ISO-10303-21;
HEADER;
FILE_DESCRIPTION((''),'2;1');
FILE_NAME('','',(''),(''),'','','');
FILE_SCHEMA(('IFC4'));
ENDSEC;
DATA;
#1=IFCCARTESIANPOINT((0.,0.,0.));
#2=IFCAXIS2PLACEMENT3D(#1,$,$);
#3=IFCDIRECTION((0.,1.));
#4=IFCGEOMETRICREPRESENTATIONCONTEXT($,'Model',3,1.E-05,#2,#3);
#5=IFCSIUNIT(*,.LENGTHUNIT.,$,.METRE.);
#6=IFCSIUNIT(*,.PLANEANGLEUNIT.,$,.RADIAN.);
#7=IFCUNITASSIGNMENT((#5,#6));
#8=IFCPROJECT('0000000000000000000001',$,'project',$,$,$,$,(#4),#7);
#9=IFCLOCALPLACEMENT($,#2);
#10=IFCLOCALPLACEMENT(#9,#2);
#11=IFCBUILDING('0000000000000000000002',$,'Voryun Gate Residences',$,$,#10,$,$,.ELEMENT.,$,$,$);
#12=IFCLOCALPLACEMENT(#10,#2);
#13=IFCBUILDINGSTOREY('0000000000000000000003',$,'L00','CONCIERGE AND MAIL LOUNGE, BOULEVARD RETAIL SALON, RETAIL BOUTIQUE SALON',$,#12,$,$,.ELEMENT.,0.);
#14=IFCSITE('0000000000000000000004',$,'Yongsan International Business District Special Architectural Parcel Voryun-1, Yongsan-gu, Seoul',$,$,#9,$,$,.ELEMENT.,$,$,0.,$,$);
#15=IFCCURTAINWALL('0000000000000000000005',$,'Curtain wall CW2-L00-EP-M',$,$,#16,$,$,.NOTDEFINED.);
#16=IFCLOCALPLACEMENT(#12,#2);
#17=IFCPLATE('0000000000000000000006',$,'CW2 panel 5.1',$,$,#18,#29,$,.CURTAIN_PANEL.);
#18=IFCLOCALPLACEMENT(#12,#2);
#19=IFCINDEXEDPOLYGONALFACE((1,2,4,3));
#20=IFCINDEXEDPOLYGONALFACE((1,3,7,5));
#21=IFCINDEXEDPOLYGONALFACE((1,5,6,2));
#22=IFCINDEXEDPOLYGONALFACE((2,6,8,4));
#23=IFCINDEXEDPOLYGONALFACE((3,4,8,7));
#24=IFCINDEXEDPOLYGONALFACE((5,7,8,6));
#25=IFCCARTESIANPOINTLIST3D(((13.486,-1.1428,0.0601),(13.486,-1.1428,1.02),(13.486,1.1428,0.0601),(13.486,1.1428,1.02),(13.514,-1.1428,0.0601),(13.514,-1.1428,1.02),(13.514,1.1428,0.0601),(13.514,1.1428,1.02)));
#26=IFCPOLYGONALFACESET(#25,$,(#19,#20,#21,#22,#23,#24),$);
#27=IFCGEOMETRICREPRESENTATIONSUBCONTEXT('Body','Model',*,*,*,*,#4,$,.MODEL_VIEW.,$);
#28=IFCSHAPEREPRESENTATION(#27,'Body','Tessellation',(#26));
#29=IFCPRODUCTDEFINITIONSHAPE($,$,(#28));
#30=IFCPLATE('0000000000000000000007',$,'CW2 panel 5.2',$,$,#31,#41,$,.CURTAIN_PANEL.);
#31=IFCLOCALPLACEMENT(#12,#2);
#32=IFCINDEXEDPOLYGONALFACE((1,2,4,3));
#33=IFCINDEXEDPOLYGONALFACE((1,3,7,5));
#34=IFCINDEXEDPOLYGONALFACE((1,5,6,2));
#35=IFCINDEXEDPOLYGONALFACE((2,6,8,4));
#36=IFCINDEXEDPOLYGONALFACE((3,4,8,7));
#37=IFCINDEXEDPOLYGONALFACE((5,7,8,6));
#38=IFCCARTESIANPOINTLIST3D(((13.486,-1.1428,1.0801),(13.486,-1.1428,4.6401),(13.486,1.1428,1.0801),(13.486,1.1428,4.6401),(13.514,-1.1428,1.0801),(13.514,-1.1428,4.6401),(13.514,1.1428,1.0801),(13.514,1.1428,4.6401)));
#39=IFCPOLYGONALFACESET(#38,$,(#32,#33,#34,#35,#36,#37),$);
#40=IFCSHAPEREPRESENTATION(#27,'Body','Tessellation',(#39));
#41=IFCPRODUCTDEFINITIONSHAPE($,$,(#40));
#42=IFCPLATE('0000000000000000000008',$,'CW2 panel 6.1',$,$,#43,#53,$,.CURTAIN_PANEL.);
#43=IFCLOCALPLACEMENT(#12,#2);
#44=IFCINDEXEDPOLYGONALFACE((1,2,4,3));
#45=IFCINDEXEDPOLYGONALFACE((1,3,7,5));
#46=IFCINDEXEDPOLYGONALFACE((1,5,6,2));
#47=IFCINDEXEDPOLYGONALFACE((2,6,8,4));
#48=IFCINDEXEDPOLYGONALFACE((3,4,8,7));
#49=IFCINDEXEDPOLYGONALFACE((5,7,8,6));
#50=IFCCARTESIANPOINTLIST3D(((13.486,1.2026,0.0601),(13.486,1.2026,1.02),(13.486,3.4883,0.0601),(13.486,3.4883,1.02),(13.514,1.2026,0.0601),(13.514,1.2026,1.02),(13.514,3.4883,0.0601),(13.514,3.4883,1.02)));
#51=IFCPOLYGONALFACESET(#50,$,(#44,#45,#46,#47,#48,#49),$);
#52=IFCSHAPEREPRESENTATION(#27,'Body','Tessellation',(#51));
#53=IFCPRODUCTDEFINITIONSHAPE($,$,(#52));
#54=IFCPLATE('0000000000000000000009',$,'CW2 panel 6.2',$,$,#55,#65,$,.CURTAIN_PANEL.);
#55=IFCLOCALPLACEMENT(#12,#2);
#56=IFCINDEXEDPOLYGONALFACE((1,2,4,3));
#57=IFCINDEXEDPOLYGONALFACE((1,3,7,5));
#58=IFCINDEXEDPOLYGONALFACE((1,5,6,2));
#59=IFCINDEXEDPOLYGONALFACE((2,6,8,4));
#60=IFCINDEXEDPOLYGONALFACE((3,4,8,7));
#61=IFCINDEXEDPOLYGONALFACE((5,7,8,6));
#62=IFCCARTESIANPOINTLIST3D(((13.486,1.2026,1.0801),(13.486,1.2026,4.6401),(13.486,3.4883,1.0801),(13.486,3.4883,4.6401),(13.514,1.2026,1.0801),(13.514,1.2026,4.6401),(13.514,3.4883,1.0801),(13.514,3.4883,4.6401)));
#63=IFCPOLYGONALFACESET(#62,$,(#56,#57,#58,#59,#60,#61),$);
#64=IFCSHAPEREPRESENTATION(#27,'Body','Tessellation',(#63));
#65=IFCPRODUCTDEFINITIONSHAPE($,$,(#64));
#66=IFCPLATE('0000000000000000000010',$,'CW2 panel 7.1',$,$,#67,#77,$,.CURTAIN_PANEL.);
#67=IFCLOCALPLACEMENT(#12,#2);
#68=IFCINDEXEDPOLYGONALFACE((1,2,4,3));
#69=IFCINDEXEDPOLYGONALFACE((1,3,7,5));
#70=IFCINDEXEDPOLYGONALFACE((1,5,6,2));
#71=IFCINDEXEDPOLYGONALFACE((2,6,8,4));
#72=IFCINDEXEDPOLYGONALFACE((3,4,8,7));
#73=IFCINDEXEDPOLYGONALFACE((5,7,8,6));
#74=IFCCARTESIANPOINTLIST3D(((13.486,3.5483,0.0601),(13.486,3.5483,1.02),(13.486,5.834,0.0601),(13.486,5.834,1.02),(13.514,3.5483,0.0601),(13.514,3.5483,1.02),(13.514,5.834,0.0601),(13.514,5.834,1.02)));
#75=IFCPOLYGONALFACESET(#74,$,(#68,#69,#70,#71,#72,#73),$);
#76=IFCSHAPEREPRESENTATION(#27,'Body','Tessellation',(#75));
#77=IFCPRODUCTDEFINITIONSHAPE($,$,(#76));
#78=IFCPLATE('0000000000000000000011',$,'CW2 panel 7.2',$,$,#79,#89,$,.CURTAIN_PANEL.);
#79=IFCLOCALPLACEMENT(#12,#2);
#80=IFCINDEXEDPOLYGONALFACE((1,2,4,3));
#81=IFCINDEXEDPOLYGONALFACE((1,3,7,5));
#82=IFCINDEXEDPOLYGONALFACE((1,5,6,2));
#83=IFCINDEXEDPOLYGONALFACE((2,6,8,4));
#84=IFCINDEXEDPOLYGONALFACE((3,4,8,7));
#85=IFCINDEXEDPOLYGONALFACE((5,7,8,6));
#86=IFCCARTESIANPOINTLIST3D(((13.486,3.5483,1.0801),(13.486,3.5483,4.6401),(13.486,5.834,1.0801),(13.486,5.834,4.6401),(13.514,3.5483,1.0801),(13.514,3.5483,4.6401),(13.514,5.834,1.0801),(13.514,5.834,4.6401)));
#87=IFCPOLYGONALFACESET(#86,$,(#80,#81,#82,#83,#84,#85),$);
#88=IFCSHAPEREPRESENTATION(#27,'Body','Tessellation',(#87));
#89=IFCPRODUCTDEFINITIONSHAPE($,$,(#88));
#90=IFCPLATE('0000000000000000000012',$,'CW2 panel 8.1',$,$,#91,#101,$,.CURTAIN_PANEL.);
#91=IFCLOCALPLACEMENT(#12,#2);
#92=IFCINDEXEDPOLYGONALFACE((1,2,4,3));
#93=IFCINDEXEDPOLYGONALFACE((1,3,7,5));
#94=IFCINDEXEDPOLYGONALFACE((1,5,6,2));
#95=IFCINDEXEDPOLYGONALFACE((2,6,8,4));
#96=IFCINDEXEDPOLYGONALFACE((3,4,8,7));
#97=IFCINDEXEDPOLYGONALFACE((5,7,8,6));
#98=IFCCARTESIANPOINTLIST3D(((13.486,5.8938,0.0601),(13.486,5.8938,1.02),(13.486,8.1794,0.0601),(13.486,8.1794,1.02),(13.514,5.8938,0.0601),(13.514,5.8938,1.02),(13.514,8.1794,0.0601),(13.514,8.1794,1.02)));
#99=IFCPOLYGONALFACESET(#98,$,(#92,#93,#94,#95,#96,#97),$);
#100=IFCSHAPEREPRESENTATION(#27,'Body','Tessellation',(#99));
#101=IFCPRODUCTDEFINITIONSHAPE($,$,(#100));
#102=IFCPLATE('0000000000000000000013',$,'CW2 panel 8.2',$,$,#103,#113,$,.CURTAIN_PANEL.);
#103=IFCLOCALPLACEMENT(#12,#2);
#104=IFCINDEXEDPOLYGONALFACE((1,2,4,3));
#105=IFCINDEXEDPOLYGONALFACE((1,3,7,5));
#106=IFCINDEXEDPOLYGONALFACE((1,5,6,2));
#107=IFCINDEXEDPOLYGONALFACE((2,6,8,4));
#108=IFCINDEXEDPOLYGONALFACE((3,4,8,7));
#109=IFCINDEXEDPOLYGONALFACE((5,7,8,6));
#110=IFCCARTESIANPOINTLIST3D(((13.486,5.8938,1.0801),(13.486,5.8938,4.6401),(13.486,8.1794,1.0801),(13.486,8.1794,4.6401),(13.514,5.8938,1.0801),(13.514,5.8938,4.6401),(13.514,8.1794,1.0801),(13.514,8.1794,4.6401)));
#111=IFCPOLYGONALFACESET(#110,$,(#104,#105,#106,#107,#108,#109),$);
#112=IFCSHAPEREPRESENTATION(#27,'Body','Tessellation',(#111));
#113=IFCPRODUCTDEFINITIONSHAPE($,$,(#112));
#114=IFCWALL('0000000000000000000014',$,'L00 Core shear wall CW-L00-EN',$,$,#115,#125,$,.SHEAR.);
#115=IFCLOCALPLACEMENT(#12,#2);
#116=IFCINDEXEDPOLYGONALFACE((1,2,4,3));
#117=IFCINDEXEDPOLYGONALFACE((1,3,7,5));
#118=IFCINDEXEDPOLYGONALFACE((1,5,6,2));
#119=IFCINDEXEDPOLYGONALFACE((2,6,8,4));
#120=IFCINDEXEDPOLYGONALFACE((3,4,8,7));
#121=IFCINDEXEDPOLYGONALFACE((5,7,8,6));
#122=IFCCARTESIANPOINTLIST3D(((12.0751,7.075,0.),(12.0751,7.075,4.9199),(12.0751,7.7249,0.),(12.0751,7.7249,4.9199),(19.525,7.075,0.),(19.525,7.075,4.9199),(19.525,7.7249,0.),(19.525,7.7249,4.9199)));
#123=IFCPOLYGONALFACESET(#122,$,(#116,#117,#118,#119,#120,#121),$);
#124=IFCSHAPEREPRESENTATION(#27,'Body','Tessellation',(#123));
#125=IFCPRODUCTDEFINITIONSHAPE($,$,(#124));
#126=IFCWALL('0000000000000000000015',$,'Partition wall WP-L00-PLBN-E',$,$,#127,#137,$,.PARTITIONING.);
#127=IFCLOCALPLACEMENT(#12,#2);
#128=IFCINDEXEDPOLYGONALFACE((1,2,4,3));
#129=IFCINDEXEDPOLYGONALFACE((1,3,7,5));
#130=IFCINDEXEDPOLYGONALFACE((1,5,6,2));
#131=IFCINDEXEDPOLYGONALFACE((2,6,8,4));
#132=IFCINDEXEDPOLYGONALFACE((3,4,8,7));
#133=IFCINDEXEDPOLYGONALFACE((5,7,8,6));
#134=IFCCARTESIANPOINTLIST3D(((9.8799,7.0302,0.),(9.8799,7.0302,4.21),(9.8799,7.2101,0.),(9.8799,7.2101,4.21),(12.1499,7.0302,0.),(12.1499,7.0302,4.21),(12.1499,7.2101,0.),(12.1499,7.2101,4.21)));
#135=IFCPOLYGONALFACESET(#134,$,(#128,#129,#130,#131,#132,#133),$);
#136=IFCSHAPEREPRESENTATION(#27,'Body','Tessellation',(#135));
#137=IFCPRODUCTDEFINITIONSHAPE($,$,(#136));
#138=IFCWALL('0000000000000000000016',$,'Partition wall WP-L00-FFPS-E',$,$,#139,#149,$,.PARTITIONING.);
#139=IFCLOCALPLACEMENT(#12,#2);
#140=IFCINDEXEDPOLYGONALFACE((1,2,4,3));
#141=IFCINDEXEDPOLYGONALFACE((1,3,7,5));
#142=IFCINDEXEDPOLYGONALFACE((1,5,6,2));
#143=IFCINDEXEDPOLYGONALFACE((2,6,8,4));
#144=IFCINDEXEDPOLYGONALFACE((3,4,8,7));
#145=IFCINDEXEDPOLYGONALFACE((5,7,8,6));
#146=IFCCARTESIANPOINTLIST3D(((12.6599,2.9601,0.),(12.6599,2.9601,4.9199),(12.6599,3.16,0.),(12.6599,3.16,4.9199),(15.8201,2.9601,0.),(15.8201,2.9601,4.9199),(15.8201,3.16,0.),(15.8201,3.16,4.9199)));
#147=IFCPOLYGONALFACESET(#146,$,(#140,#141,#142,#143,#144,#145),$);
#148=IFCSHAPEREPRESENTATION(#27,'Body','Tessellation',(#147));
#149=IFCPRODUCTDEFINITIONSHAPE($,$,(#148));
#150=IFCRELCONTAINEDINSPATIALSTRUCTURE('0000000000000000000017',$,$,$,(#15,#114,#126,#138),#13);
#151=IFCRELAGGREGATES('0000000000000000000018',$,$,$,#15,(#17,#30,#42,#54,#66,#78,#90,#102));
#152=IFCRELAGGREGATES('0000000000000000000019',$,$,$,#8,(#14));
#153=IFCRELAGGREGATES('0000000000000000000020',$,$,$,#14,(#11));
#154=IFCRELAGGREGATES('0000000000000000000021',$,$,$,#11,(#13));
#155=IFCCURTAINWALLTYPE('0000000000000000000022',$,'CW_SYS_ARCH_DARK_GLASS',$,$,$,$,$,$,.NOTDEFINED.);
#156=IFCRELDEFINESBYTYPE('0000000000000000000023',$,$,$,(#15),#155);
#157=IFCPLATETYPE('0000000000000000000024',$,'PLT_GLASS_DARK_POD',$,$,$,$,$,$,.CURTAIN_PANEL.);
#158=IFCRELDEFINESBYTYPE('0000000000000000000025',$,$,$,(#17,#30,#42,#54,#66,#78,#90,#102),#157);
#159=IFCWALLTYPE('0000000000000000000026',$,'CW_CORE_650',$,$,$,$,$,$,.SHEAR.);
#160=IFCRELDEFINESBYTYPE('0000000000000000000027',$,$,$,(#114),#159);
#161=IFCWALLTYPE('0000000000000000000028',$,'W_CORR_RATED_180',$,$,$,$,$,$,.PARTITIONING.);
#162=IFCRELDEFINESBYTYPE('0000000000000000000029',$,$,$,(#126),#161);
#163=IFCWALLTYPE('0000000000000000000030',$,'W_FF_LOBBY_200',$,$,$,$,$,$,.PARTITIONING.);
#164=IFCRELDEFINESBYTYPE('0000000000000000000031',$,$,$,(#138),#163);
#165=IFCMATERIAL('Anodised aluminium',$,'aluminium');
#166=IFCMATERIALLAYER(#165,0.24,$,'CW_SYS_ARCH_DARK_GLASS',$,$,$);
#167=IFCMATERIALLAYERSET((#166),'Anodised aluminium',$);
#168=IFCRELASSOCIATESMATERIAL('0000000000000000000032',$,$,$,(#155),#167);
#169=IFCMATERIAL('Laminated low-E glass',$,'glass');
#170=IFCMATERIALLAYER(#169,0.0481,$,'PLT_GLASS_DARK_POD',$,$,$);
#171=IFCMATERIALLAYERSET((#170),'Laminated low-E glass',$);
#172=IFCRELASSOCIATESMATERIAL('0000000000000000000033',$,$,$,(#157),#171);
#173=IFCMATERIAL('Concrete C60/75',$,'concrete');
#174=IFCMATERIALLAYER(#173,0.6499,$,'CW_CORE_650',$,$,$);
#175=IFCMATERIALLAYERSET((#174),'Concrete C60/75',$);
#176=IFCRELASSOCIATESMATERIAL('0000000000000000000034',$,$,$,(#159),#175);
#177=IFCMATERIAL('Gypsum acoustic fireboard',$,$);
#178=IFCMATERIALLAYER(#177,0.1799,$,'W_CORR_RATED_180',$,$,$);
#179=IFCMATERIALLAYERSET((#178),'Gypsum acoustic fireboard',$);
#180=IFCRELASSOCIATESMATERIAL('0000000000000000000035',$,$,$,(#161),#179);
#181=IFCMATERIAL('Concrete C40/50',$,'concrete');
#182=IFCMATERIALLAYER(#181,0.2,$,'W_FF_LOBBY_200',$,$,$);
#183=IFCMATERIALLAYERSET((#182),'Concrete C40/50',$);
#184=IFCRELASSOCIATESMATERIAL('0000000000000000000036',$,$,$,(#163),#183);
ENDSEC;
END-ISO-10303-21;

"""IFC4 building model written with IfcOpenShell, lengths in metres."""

from ifc_helpers import new_model, si_unit, direction, frame, frame_2d, origin, origin_2d, place, context, subcontext, project, spatial, rectangle, extrude, material, layer, layer_set, type_object, element, aggregate, save


model = new_model("IFC4")

# Units and contexts
model_context = context("Model", 3, precision=1e-05, world=origin(), true_north=direction((0.0, 1.0)))
body_context = subcontext(model_context, "Body", "Model", "MODEL_VIEW")
ifc_project = project(units=[si_unit("LENGTHUNIT", "METRE"), si_unit("PLANEANGLEUNIT", "RADIAN")], contexts=[model_context])

# Site, building, storey
site_placement = place(None, origin())
site = spatial("IfcSite", under=ifc_project, at=site_placement, Name="Yongsan International Business District Special Architectural Parcel Voryun-1, Yongsan-gu, Seoul", CompositionType="ELEMENT", RefElevation=0.0)
building_placement = place(site_placement, origin())
building = spatial("IfcBuilding", under=site, at=building_placement, Name="Voryun Gate Residences", CompositionType="ELEMENT")
storey_placement = place(building_placement, origin())
storey = spatial("IfcBuildingStorey", under=building, at=storey_placement, Name="L00", Description="CONCIERGE AND MAIL LOUNGE, BOULEVARD RETAIL SALON, RETAIL BOUTIQUE SALON", CompositionType="ELEMENT", Elevation=0.0)

# Curtain wall, plates
ifc_material_1 = material(Name="Anodised aluminium", Category="aluminium")
ifc_layer_1 = layer(ifc_material_1, 0.24, Name="CW_SYS_ARCH_DARK_GLASS")
ifc_layer_set_1 = layer_set([ifc_layer_1], Name="Anodised aluminium")
curtain_wall_type = type_object("IfcCurtainWallType", Name="CW_SYS_ARCH_DARK_GLASS", PredefinedType="NOTDEFINED", material=ifc_layer_set_1)
curtain_wall_placement = place(storey_placement, origin())
curtain_wall = element("IfcCurtainWall", 1, at=curtain_wall_placement, inside=storey, type_object=curtain_wall_type, Name="Curtain wall CW2-L00-EP-M", PredefinedType="NOTDEFINED")
ifc_material_2 = material(Name="Laminated low-E glass", Category="glass")
ifc_layer_2 = layer(ifc_material_2, 0.0481, Name="PLT_GLASS_DARK_POD")
ifc_layer_set_2 = layer_set([ifc_layer_2], Name="Laminated low-E glass")
plate_type = type_object("IfcPlateType", Name="PLT_GLASS_DARK_POD", PredefinedType="CURTAIN_PANEL", material=ifc_layer_set_2)
plate_1_placement = place(storey_placement, frame((13.5, 0.0, 0.0601), z_axis=(0.0, 0.0, 1.0), x_axis=(0.0, 1.0, 0.0)))
plate_1 = element("IfcPlate", 2, at=plate_1_placement, type_object=plate_type, Name="CW2 panel 5.1", PredefinedType="CURTAIN_PANEL", context=body_context, shape_type="SweptSolid", body=[
    extrude(rectangle(XDim=2.2856, YDim=0.0281, at=origin_2d()), origin(), (0.0, 0.0, 1.0), 0.96),
])
plate_2_placement = place(storey_placement, frame((13.5, 0.0, 1.0801), z_axis=(0.0, 0.0, 1.0), x_axis=(0.0, 1.0, 0.0)))
plate_2 = element("IfcPlate", 3, at=plate_2_placement, type_object=plate_type, Name="CW2 panel 5.2", PredefinedType="CURTAIN_PANEL", context=body_context, shape_type="SweptSolid", body=[
    extrude(rectangle(XDim=2.2856, YDim=0.0281, at=origin_2d()), origin(), (0.0, 0.0, 1.0), 3.5601),
])
plate_3_placement = place(storey_placement, frame((13.5, 2.3455, 0.0601), z_axis=(0.0, 0.0, 1.0), x_axis=(0.0, 1.0, 0.0)))
plate_3 = element("IfcPlate", 4, at=plate_3_placement, type_object=plate_type, Name="CW2 panel 6.1", PredefinedType="CURTAIN_PANEL", context=body_context, shape_type="SweptSolid", body=[
    extrude(rectangle(XDim=2.2856, YDim=0.0281, at=origin_2d()), origin(), (0.0, 0.0, 1.0), 0.96),
])
plate_4_placement = place(storey_placement, frame((13.5, 2.3455, 1.0801), z_axis=(0.0, 0.0, 1.0), x_axis=(0.0, 1.0, 0.0)))
plate_4 = element("IfcPlate", 5, at=plate_4_placement, type_object=plate_type, Name="CW2 panel 6.2", PredefinedType="CURTAIN_PANEL", context=body_context, shape_type="SweptSolid", body=[
    extrude(rectangle(XDim=2.2856, YDim=0.0281, at=origin_2d()), origin(), (0.0, 0.0, 1.0), 3.5601),
])
plate_5_placement = place(storey_placement, frame((13.5, 4.6912, 0.0601), z_axis=(0.0, 0.0, 1.0), x_axis=(0.0, 1.0, 0.0)))
plate_5 = element("IfcPlate", 6, at=plate_5_placement, type_object=plate_type, Name="CW2 panel 7.1", PredefinedType="CURTAIN_PANEL", context=body_context, shape_type="SweptSolid", body=[
    extrude(rectangle(XDim=2.2856, YDim=0.0281, at=origin_2d()), origin(), (0.0, 0.0, 1.0), 0.96),
])
plate_6_placement = place(storey_placement, frame((13.5, 4.6912, 1.0801), z_axis=(0.0, 0.0, 1.0), x_axis=(0.0, 1.0, 0.0)))
plate_6 = element("IfcPlate", 7, at=plate_6_placement, type_object=plate_type, Name="CW2 panel 7.2", PredefinedType="CURTAIN_PANEL", context=body_context, shape_type="SweptSolid", body=[
    extrude(rectangle(XDim=2.2856, YDim=0.0281, at=origin_2d()), origin(), (0.0, 0.0, 1.0), 3.5601),
])
plate_7_placement = place(storey_placement, frame((13.5, 7.0366, 0.0601), z_axis=(0.0, 0.0, 1.0), x_axis=(0.0, 1.0, 0.0)))
plate_7 = element("IfcPlate", 8, at=plate_7_placement, type_object=plate_type, Name="CW2 panel 8.1", PredefinedType="CURTAIN_PANEL", context=body_context, shape_type="SweptSolid", body=[
    extrude(rectangle(XDim=2.2856, YDim=0.0281, at=origin_2d()), origin(), (0.0, 0.0, 1.0), 0.96),
])
plate_8_placement = place(storey_placement, frame((13.5, 7.0366, 1.0801), z_axis=(0.0, 0.0, 1.0), x_axis=(0.0, 1.0, 0.0)))
plate_8 = element("IfcPlate", 9, at=plate_8_placement, type_object=plate_type, Name="CW2 panel 8.2", PredefinedType="CURTAIN_PANEL", context=body_context, shape_type="SweptSolid", body=[
    extrude(rectangle(XDim=2.2856, YDim=0.0281, at=origin_2d()), origin(), (0.0, 0.0, 1.0), 3.5601),
])
aggregate(curtain_wall, [plate_1, plate_2, plate_3, plate_4, plate_5, plate_6, plate_7, plate_8])

# Walls
ifc_material_3 = material(Name="Concrete C60/75", Category="concrete")
ifc_layer_3 = layer(ifc_material_3, 0.6499, Name="CW_CORE_650")
ifc_layer_set_3 = layer_set([ifc_layer_3], Name="Concrete C60/75")
wall_type_1 = type_object("IfcWallType", Name="CW_CORE_650", PredefinedType="SHEAR", material=ifc_layer_set_3)
wall_1_placement = place(storey_placement, frame((12.075, 7.3999, 0.0), z_axis=(0.0, 0.0, 1.0), x_axis=(1.0, 0.0, 0.0)))
element("IfcWall", 10, at=wall_1_placement, inside=storey, type_object=wall_type_1, Name="L00 Core shear wall CW-L00-EN", PredefinedType="SHEAR", context=body_context, shape_type="SweptSolid", body=[
    extrude(rectangle(XDim=7.45, YDim=0.6499, at=frame_2d((3.7251, 0.0))), origin(), (0.0, 0.0, 1.0), 4.9199),
])
ifc_material_4 = material(Name="Gypsum acoustic fireboard")
ifc_layer_4 = layer(ifc_material_4, 0.1799, Name="W_CORR_RATED_180")
ifc_layer_set_4 = layer_set([ifc_layer_4], Name="Gypsum acoustic fireboard")
wall_type_2 = type_object("IfcWallType", Name="W_CORR_RATED_180", PredefinedType="PARTITIONING", material=ifc_layer_set_4)
wall_2_placement = place(storey_placement, frame((9.8799, 7.1201, 0.0), z_axis=(0.0, 0.0, 1.0), x_axis=(1.0, 0.0, 0.0)))
element("IfcWall", 11, at=wall_2_placement, inside=storey, type_object=wall_type_2, Name="Partition wall WP-L00-PLBN-E", PredefinedType="PARTITIONING", context=body_context, shape_type="SweptSolid", body=[
    extrude(rectangle(XDim=2.27, YDim=0.1799, at=frame_2d((1.135, 0.0))), origin(), (0.0, 0.0, 1.0), 4.21),
])
ifc_material_5 = material(Name="Concrete C40/50", Category="concrete")
ifc_layer_5 = layer(ifc_material_5, 0.2, Name="W_FF_LOBBY_200")
ifc_layer_set_5 = layer_set([ifc_layer_5], Name="Concrete C40/50")
wall_type_3 = type_object("IfcWallType", Name="W_FF_LOBBY_200", PredefinedType="PARTITIONING", material=ifc_layer_set_5)
wall_3_placement = place(storey_placement, frame((12.6599, 3.0601, 0.0), z_axis=(0.0, 0.0, 1.0), x_axis=(1.0, 0.0, 0.0)))
element("IfcWall", 12, at=wall_3_placement, inside=storey, type_object=wall_type_3, Name="Partition wall WP-L00-FFPS-E", PredefinedType="PARTITIONING", context=body_context, shape_type="SweptSolid", body=[
    extrude(rectangle(XDim=3.1602, YDim=0.2, at=frame_2d((1.5801, 0.0))), origin(), (0.0, 0.0, 1.0), 4.9199),
])

save(model, "model.ifc")
